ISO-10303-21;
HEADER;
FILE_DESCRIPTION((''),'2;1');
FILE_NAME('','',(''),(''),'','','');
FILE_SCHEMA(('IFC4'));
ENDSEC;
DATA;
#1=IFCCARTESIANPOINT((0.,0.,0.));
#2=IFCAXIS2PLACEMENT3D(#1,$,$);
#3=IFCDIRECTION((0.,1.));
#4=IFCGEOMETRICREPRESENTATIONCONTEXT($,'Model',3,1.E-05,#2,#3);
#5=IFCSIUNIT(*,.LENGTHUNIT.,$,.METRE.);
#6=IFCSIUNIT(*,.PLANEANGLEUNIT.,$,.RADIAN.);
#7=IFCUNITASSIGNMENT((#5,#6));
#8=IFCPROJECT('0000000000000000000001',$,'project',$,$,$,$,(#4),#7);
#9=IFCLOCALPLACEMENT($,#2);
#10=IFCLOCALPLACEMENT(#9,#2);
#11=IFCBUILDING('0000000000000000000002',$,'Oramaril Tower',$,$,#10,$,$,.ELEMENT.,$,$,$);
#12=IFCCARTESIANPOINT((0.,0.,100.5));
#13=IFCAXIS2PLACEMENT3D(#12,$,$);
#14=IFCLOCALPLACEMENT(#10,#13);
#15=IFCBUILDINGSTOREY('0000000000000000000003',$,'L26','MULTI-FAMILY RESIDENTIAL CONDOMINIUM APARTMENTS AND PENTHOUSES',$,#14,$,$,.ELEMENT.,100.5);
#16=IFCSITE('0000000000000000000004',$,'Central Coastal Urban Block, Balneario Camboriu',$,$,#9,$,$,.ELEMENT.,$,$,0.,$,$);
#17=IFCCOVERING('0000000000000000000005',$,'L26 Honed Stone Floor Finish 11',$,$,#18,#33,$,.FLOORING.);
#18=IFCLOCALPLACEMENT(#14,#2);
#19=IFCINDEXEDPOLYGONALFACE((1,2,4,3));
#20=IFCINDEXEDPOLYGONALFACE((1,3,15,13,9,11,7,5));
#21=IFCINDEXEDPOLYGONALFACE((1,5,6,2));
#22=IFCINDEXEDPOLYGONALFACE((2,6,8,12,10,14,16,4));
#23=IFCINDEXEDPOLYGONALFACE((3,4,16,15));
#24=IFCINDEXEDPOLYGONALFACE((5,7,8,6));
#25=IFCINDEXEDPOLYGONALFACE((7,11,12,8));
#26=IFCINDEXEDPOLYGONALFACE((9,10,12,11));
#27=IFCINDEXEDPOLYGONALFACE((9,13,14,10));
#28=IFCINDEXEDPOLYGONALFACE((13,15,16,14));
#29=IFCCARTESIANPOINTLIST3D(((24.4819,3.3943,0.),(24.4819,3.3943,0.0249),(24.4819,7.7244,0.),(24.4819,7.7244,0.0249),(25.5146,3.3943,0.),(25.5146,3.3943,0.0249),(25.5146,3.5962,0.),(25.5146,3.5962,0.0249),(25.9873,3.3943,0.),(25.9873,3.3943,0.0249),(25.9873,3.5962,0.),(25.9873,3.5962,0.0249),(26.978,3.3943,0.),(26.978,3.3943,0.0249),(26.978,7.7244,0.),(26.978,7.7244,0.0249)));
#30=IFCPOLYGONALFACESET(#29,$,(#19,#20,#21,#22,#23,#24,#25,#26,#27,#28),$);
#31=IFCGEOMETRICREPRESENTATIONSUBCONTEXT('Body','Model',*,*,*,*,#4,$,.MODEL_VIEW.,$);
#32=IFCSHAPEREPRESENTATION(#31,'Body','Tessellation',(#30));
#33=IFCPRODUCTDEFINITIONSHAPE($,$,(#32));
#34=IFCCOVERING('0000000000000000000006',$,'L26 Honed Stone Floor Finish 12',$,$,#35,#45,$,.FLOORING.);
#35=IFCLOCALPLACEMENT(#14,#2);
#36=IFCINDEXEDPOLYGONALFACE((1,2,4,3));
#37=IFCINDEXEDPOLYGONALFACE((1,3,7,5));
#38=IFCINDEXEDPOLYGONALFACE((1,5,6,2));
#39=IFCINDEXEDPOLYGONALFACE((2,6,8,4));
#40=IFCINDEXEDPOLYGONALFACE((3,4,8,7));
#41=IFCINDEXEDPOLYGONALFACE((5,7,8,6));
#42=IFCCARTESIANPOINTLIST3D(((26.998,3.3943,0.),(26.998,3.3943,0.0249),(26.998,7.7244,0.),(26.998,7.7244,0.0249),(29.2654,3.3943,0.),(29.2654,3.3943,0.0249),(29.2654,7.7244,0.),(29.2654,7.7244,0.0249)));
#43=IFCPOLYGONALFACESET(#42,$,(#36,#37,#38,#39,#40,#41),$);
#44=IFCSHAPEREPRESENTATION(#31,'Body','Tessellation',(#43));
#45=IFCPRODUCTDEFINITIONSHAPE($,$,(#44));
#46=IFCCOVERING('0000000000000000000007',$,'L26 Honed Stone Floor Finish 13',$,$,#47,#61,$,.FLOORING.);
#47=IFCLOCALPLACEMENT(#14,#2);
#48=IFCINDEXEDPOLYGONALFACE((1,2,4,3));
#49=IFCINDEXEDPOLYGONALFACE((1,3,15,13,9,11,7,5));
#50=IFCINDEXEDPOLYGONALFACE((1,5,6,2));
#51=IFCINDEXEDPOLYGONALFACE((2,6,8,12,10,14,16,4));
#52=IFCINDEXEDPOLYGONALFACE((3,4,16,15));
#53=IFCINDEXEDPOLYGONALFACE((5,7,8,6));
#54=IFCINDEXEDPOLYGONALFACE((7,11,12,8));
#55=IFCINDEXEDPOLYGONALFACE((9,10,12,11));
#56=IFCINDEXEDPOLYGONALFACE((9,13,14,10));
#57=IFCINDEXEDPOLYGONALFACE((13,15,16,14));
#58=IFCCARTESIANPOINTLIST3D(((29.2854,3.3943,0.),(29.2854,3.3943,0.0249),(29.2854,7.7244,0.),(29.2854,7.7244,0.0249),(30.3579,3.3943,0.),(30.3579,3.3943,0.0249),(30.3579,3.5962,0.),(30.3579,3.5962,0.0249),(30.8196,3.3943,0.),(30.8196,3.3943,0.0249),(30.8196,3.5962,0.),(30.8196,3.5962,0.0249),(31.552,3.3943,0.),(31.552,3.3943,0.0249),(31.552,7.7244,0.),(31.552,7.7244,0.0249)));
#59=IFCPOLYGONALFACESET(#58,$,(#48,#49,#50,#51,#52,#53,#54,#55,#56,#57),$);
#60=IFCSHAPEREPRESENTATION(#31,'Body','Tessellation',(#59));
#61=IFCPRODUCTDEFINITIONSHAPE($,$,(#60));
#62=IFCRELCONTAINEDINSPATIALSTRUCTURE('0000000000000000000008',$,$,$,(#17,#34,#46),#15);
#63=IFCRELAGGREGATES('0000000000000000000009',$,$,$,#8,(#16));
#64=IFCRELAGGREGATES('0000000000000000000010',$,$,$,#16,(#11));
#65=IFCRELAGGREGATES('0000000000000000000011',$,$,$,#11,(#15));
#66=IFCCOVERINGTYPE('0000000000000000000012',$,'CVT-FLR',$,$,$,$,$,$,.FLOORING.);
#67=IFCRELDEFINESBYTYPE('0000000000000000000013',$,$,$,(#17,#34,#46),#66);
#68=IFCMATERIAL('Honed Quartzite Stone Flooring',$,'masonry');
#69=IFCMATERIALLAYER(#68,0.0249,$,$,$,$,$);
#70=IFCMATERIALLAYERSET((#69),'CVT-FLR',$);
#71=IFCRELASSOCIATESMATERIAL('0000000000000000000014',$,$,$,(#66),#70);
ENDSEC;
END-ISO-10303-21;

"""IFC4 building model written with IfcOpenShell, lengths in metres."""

from ifc_helpers import new_model, si_unit, direction, frame, origin, place, context, subcontext, project, spatial, polyline, outline, extrude, material, layer, layer_set, type_object, element, save


model = new_model("IFC4")

# Units and contexts
model_context = context("Model", 3, precision=1e-05, world=origin(), true_north=direction((0.0, 1.0)))
body_context = subcontext(model_context, "Body", "Model", "MODEL_VIEW")
ifc_project = project(units=[si_unit("LENGTHUNIT", "METRE"), si_unit("PLANEANGLEUNIT", "RADIAN")], contexts=[model_context])

# Site, building, storey
site_placement = place(None, origin())
site = spatial("IfcSite", under=ifc_project, at=site_placement, Name="Central Coastal Urban Block, Balneario Camboriu", CompositionType="ELEMENT", RefElevation=0.0)
building_placement = place(site_placement, origin())
building = spatial("IfcBuilding", under=site, at=building_placement, Name="Oramaril Tower", CompositionType="ELEMENT")
storey_placement = place(building_placement, frame((0.0, 0.0, 100.5)))
storey = spatial("IfcBuildingStorey", under=building, at=storey_placement, Name="L26", Description="MULTI-FAMILY RESIDENTIAL CONDOMINIUM APARTMENTS AND PENTHOUSES", CompositionType="ELEMENT", Elevation=100.5)

# Coverings
ifc_material_1 = material(Name="Honed Quartzite Stone Flooring", Category="masonry")
ifc_layer_1 = layer(ifc_material_1, 0.0249)
ifc_layer_set_1 = layer_set([ifc_layer_1], Name="CVT-FLR")
covering_type_1 = type_object("IfcCoveringType", Name="CVT-FLR", PredefinedType="FLOORING", material=ifc_layer_set_1)
covering_1_placement = place(storey_placement, origin())
element("IfcCovering", 1, at=covering_1_placement, inside=storey, type_object=covering_type_1, Name="L26 Honed Stone Floor Finish 11", PredefinedType="FLOORING", context=body_context, shape_type="SweptSolid", body=[
    extrude(outline(polyline([(25.9873, 3.3943), (25.9873, 3.5962), (25.5146, 3.5962), (25.5146, 3.3943), (24.4819, 3.3943), (24.4819, 7.7244), (26.978, 7.7244), (26.978, 3.3943), (25.9873, 3.3943)])), origin(), (0.0, 0.0, 1.0), 0.0249),
])
covering_2_placement = place(storey_placement, origin())
element("IfcCovering", 2, at=covering_2_placement, inside=storey, type_object=covering_type_1, Name="L26 Honed Stone Floor Finish 12", PredefinedType="FLOORING", context=body_context, shape_type="SweptSolid", body=[
    extrude(outline(polyline([(26.998, 3.3943), (26.998, 7.7244), (29.2654, 7.7244), (29.2654, 3.3943), (26.998, 3.3943)])), origin(), (0.0, 0.0, 1.0), 0.0249),
])
covering_3_placement = place(storey_placement, origin())
element("IfcCovering", 3, at=covering_3_placement, inside=storey, type_object=covering_type_1, Name="L26 Honed Stone Floor Finish 13", PredefinedType="FLOORING", context=body_context, shape_type="SweptSolid", body=[
    extrude(outline(polyline([(30.8196, 3.3943), (30.8196, 3.5962), (30.3579, 3.5962), (30.3579, 3.3943), (29.2854, 3.3943), (29.2854, 7.7244), (31.552, 7.7244), (31.552, 3.3943), (30.8196, 3.3943)])), origin(), (0.0, 0.0, 1.0), 0.0249),
])

save(model, "model.ifc")
